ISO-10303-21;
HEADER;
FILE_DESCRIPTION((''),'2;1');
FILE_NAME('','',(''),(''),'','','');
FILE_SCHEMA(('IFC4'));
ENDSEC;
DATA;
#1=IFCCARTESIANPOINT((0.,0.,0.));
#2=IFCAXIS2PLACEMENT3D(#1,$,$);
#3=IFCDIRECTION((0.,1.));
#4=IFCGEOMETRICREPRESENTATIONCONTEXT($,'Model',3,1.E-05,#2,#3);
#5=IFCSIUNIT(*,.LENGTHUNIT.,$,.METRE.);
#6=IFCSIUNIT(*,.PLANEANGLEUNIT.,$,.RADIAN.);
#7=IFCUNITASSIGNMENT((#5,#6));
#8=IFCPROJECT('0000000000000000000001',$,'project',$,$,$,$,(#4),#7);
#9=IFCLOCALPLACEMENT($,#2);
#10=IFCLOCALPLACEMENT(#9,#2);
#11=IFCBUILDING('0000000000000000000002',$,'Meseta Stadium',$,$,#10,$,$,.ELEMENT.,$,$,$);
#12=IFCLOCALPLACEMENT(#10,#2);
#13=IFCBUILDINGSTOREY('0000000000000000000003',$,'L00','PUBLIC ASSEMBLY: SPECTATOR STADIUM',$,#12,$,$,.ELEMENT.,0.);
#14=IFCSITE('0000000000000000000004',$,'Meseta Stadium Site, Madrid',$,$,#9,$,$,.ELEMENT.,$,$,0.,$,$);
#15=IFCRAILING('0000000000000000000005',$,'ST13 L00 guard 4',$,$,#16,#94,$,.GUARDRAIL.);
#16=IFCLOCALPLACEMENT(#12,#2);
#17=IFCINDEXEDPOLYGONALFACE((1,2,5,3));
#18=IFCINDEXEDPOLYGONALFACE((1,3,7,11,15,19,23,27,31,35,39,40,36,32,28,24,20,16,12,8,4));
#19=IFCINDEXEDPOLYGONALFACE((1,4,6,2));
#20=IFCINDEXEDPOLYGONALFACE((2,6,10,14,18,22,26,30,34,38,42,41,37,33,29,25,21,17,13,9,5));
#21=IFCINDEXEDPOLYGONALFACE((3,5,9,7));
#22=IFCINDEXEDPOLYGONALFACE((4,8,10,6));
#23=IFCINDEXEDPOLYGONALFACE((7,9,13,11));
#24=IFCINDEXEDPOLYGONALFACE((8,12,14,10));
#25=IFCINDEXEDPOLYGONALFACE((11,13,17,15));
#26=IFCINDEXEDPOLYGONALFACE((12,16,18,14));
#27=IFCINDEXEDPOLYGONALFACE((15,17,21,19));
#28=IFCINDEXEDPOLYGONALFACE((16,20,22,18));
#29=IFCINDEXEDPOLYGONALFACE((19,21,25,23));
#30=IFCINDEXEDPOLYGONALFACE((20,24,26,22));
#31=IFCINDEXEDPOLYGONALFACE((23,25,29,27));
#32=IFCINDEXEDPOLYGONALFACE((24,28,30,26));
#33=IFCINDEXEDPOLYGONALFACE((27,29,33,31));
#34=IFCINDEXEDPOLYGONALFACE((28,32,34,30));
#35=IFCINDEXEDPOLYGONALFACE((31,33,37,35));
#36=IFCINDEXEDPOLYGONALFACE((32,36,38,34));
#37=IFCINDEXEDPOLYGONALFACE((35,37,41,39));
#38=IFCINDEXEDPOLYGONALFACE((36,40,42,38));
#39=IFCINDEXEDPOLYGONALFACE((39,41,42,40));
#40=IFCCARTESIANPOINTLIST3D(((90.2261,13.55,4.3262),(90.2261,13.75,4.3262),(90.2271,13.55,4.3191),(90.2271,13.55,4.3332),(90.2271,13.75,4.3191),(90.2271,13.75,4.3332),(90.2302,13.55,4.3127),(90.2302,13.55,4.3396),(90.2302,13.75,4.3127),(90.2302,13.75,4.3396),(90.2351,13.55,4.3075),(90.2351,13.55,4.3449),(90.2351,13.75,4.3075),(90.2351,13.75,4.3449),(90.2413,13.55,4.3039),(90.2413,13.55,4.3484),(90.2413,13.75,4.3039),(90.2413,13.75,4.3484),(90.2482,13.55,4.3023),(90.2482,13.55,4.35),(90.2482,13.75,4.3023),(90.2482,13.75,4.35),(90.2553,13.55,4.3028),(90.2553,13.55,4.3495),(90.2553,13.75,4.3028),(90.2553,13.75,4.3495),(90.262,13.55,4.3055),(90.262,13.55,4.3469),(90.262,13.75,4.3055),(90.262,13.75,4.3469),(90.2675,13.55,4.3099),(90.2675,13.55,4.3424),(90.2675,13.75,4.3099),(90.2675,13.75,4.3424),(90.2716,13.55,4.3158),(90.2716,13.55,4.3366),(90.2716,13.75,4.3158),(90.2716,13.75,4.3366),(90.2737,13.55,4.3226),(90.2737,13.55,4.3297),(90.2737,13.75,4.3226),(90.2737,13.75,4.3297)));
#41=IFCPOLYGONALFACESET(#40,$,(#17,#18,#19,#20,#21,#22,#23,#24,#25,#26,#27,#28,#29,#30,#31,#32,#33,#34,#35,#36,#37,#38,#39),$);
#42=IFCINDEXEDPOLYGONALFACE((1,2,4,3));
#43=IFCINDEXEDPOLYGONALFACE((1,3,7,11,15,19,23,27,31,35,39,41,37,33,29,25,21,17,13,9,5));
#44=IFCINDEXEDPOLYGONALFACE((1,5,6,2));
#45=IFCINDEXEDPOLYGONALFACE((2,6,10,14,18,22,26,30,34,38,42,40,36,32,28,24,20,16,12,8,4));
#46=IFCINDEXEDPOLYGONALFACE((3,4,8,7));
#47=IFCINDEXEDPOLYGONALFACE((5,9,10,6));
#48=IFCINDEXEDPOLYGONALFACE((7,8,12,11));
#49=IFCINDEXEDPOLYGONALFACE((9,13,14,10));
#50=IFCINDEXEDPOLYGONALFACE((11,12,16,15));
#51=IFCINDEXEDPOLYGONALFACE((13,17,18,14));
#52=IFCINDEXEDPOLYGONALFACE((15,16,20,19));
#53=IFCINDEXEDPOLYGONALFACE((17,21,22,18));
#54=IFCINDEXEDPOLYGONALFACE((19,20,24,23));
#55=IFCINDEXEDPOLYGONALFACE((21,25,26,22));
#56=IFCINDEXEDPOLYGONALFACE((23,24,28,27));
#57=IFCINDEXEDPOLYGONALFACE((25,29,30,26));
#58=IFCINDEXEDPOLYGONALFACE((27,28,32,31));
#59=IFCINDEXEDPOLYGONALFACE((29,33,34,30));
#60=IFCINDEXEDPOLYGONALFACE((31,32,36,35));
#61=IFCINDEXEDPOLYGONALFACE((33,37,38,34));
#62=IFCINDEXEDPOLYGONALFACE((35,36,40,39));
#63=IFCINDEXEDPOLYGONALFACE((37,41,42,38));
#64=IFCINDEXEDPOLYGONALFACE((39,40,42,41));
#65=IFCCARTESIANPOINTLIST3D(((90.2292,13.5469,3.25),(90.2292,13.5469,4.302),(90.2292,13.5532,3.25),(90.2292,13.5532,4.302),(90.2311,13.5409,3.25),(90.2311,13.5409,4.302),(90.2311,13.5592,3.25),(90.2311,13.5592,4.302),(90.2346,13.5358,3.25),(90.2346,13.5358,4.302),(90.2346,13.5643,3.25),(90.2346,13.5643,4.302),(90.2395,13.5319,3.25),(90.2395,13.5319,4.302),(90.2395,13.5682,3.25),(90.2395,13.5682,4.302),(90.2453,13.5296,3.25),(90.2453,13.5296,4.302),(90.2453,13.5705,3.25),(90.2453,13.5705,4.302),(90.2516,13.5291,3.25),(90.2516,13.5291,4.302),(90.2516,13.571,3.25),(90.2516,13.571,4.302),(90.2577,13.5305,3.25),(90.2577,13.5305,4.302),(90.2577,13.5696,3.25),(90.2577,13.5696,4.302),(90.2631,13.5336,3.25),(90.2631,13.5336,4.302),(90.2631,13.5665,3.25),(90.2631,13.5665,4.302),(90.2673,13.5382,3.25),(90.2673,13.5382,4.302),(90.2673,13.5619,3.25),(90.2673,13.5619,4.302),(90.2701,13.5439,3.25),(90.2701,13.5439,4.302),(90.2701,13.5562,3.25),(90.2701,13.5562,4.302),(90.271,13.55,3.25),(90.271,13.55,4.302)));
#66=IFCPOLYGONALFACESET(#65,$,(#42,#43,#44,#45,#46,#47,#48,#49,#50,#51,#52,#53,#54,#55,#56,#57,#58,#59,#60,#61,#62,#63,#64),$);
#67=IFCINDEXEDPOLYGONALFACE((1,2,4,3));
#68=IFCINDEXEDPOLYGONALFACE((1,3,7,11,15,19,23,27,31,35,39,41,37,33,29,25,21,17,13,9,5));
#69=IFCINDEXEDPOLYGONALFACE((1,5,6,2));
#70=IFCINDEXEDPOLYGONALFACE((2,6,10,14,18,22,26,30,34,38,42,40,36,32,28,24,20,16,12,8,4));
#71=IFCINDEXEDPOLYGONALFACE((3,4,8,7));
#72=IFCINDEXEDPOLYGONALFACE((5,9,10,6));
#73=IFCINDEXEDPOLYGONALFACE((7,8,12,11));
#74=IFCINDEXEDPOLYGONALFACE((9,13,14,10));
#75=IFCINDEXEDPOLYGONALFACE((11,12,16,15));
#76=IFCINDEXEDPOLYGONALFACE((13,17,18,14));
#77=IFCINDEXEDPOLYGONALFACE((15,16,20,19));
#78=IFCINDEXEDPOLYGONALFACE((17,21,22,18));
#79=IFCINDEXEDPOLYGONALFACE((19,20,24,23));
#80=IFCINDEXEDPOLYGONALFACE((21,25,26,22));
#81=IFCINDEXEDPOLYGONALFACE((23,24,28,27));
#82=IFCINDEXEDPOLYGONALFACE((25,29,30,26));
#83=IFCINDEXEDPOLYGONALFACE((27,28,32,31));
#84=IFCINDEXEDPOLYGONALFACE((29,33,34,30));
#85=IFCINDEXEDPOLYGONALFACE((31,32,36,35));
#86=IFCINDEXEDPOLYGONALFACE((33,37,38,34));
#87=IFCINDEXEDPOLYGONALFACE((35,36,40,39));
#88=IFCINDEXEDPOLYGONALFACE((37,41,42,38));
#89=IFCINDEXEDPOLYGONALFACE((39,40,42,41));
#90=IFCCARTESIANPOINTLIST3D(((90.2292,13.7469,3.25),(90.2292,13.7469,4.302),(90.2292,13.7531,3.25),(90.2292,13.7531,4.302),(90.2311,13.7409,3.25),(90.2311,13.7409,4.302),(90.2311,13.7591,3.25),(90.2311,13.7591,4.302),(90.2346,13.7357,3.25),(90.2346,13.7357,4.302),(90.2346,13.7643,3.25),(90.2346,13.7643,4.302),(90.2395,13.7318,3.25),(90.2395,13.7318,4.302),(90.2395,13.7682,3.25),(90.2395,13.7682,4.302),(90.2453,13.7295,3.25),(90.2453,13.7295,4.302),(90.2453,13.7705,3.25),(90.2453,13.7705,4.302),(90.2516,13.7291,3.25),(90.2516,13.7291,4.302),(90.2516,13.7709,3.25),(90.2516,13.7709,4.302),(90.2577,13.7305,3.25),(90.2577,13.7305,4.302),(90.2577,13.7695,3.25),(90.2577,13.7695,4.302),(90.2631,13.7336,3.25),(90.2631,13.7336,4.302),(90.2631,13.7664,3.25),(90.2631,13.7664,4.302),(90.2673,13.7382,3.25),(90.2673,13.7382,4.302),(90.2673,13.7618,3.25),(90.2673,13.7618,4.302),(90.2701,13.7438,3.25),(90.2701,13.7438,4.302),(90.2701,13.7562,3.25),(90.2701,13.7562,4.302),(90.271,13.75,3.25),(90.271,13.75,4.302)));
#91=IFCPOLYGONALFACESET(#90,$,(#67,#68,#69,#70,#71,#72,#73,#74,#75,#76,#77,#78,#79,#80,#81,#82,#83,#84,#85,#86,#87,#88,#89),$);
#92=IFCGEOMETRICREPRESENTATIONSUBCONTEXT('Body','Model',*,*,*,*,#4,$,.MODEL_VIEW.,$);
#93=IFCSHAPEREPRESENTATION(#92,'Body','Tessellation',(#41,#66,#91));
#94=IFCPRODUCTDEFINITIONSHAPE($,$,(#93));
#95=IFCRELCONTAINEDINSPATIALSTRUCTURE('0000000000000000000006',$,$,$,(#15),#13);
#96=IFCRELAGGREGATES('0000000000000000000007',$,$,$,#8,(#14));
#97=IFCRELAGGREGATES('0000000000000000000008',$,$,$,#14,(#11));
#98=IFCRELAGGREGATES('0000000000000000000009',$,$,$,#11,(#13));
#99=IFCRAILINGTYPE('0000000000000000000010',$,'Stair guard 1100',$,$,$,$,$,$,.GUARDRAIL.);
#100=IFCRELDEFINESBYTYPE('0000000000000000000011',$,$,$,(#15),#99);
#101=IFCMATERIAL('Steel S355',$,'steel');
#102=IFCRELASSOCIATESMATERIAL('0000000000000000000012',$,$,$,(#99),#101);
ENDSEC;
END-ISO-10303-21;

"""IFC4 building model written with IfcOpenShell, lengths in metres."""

from ifc_helpers import new_model, si_unit, direction, frame, origin, origin_2d, place, context, subcontext, project, spatial, circle, extrude, material, type_object, element, save


model = new_model("IFC4")

# Units and contexts
model_context = context("Model", 3, precision=1e-05, world=origin(), true_north=direction((0.0, 1.0)))
body_context = subcontext(model_context, "Body", "Model", "MODEL_VIEW")
ifc_project = project(units=[si_unit("LENGTHUNIT", "METRE"), si_unit("PLANEANGLEUNIT", "RADIAN")], contexts=[model_context])

# Site, building, storey
site_placement = place(None, origin())
site = spatial("IfcSite", under=ifc_project, at=site_placement, Name="Meseta Stadium Site, Madrid", CompositionType="ELEMENT", RefElevation=0.0)
building_placement = place(site_placement, origin())
building = spatial("IfcBuilding", under=site, at=building_placement, Name="Meseta Stadium", CompositionType="ELEMENT")
storey_placement = place(building_placement, origin())
storey = spatial("IfcBuildingStorey", under=building, at=storey_placement, Name="L00", Description="PUBLIC ASSEMBLY: SPECTATOR STADIUM", CompositionType="ELEMENT", Elevation=0.0)

# Railing
ifc_material_1 = material(Name="Steel S355", Category="steel")
railing_type_1 = type_object("IfcRailingType", Name="Stair guard 1100", PredefinedType="GUARDRAIL", material=ifc_material_1)
railing_1_placement = place(storey_placement, frame((90.25, 13.55, 3.25)))
element("IfcRailing", 1, at=railing_1_placement, inside=storey, type_object=railing_type_1, Name="ST13 L00 guard 4", PredefinedType="GUARDRAIL", context=body_context, shape_type="SweptSolid", body=[
    extrude(circle(Radius=0.0239, at=origin_2d()), frame((0.0, 0.0, 1.0762), z_axis=(0.0, 1.0, 0.0), x_axis=(-1.0, 0.0, 0.0)), (0.0, 0.0, 1.0), 0.2),
    extrude(circle(Radius=0.021, at=origin_2d()), origin(), (0.0, 0.0, 1.0), 1.052),
    extrude(circle(Radius=0.021, at=origin_2d()), frame((0.0, 0.2, 0.0)), (0.0, 0.0, 1.0), 1.052),
])

save(model, "model.ifc")
